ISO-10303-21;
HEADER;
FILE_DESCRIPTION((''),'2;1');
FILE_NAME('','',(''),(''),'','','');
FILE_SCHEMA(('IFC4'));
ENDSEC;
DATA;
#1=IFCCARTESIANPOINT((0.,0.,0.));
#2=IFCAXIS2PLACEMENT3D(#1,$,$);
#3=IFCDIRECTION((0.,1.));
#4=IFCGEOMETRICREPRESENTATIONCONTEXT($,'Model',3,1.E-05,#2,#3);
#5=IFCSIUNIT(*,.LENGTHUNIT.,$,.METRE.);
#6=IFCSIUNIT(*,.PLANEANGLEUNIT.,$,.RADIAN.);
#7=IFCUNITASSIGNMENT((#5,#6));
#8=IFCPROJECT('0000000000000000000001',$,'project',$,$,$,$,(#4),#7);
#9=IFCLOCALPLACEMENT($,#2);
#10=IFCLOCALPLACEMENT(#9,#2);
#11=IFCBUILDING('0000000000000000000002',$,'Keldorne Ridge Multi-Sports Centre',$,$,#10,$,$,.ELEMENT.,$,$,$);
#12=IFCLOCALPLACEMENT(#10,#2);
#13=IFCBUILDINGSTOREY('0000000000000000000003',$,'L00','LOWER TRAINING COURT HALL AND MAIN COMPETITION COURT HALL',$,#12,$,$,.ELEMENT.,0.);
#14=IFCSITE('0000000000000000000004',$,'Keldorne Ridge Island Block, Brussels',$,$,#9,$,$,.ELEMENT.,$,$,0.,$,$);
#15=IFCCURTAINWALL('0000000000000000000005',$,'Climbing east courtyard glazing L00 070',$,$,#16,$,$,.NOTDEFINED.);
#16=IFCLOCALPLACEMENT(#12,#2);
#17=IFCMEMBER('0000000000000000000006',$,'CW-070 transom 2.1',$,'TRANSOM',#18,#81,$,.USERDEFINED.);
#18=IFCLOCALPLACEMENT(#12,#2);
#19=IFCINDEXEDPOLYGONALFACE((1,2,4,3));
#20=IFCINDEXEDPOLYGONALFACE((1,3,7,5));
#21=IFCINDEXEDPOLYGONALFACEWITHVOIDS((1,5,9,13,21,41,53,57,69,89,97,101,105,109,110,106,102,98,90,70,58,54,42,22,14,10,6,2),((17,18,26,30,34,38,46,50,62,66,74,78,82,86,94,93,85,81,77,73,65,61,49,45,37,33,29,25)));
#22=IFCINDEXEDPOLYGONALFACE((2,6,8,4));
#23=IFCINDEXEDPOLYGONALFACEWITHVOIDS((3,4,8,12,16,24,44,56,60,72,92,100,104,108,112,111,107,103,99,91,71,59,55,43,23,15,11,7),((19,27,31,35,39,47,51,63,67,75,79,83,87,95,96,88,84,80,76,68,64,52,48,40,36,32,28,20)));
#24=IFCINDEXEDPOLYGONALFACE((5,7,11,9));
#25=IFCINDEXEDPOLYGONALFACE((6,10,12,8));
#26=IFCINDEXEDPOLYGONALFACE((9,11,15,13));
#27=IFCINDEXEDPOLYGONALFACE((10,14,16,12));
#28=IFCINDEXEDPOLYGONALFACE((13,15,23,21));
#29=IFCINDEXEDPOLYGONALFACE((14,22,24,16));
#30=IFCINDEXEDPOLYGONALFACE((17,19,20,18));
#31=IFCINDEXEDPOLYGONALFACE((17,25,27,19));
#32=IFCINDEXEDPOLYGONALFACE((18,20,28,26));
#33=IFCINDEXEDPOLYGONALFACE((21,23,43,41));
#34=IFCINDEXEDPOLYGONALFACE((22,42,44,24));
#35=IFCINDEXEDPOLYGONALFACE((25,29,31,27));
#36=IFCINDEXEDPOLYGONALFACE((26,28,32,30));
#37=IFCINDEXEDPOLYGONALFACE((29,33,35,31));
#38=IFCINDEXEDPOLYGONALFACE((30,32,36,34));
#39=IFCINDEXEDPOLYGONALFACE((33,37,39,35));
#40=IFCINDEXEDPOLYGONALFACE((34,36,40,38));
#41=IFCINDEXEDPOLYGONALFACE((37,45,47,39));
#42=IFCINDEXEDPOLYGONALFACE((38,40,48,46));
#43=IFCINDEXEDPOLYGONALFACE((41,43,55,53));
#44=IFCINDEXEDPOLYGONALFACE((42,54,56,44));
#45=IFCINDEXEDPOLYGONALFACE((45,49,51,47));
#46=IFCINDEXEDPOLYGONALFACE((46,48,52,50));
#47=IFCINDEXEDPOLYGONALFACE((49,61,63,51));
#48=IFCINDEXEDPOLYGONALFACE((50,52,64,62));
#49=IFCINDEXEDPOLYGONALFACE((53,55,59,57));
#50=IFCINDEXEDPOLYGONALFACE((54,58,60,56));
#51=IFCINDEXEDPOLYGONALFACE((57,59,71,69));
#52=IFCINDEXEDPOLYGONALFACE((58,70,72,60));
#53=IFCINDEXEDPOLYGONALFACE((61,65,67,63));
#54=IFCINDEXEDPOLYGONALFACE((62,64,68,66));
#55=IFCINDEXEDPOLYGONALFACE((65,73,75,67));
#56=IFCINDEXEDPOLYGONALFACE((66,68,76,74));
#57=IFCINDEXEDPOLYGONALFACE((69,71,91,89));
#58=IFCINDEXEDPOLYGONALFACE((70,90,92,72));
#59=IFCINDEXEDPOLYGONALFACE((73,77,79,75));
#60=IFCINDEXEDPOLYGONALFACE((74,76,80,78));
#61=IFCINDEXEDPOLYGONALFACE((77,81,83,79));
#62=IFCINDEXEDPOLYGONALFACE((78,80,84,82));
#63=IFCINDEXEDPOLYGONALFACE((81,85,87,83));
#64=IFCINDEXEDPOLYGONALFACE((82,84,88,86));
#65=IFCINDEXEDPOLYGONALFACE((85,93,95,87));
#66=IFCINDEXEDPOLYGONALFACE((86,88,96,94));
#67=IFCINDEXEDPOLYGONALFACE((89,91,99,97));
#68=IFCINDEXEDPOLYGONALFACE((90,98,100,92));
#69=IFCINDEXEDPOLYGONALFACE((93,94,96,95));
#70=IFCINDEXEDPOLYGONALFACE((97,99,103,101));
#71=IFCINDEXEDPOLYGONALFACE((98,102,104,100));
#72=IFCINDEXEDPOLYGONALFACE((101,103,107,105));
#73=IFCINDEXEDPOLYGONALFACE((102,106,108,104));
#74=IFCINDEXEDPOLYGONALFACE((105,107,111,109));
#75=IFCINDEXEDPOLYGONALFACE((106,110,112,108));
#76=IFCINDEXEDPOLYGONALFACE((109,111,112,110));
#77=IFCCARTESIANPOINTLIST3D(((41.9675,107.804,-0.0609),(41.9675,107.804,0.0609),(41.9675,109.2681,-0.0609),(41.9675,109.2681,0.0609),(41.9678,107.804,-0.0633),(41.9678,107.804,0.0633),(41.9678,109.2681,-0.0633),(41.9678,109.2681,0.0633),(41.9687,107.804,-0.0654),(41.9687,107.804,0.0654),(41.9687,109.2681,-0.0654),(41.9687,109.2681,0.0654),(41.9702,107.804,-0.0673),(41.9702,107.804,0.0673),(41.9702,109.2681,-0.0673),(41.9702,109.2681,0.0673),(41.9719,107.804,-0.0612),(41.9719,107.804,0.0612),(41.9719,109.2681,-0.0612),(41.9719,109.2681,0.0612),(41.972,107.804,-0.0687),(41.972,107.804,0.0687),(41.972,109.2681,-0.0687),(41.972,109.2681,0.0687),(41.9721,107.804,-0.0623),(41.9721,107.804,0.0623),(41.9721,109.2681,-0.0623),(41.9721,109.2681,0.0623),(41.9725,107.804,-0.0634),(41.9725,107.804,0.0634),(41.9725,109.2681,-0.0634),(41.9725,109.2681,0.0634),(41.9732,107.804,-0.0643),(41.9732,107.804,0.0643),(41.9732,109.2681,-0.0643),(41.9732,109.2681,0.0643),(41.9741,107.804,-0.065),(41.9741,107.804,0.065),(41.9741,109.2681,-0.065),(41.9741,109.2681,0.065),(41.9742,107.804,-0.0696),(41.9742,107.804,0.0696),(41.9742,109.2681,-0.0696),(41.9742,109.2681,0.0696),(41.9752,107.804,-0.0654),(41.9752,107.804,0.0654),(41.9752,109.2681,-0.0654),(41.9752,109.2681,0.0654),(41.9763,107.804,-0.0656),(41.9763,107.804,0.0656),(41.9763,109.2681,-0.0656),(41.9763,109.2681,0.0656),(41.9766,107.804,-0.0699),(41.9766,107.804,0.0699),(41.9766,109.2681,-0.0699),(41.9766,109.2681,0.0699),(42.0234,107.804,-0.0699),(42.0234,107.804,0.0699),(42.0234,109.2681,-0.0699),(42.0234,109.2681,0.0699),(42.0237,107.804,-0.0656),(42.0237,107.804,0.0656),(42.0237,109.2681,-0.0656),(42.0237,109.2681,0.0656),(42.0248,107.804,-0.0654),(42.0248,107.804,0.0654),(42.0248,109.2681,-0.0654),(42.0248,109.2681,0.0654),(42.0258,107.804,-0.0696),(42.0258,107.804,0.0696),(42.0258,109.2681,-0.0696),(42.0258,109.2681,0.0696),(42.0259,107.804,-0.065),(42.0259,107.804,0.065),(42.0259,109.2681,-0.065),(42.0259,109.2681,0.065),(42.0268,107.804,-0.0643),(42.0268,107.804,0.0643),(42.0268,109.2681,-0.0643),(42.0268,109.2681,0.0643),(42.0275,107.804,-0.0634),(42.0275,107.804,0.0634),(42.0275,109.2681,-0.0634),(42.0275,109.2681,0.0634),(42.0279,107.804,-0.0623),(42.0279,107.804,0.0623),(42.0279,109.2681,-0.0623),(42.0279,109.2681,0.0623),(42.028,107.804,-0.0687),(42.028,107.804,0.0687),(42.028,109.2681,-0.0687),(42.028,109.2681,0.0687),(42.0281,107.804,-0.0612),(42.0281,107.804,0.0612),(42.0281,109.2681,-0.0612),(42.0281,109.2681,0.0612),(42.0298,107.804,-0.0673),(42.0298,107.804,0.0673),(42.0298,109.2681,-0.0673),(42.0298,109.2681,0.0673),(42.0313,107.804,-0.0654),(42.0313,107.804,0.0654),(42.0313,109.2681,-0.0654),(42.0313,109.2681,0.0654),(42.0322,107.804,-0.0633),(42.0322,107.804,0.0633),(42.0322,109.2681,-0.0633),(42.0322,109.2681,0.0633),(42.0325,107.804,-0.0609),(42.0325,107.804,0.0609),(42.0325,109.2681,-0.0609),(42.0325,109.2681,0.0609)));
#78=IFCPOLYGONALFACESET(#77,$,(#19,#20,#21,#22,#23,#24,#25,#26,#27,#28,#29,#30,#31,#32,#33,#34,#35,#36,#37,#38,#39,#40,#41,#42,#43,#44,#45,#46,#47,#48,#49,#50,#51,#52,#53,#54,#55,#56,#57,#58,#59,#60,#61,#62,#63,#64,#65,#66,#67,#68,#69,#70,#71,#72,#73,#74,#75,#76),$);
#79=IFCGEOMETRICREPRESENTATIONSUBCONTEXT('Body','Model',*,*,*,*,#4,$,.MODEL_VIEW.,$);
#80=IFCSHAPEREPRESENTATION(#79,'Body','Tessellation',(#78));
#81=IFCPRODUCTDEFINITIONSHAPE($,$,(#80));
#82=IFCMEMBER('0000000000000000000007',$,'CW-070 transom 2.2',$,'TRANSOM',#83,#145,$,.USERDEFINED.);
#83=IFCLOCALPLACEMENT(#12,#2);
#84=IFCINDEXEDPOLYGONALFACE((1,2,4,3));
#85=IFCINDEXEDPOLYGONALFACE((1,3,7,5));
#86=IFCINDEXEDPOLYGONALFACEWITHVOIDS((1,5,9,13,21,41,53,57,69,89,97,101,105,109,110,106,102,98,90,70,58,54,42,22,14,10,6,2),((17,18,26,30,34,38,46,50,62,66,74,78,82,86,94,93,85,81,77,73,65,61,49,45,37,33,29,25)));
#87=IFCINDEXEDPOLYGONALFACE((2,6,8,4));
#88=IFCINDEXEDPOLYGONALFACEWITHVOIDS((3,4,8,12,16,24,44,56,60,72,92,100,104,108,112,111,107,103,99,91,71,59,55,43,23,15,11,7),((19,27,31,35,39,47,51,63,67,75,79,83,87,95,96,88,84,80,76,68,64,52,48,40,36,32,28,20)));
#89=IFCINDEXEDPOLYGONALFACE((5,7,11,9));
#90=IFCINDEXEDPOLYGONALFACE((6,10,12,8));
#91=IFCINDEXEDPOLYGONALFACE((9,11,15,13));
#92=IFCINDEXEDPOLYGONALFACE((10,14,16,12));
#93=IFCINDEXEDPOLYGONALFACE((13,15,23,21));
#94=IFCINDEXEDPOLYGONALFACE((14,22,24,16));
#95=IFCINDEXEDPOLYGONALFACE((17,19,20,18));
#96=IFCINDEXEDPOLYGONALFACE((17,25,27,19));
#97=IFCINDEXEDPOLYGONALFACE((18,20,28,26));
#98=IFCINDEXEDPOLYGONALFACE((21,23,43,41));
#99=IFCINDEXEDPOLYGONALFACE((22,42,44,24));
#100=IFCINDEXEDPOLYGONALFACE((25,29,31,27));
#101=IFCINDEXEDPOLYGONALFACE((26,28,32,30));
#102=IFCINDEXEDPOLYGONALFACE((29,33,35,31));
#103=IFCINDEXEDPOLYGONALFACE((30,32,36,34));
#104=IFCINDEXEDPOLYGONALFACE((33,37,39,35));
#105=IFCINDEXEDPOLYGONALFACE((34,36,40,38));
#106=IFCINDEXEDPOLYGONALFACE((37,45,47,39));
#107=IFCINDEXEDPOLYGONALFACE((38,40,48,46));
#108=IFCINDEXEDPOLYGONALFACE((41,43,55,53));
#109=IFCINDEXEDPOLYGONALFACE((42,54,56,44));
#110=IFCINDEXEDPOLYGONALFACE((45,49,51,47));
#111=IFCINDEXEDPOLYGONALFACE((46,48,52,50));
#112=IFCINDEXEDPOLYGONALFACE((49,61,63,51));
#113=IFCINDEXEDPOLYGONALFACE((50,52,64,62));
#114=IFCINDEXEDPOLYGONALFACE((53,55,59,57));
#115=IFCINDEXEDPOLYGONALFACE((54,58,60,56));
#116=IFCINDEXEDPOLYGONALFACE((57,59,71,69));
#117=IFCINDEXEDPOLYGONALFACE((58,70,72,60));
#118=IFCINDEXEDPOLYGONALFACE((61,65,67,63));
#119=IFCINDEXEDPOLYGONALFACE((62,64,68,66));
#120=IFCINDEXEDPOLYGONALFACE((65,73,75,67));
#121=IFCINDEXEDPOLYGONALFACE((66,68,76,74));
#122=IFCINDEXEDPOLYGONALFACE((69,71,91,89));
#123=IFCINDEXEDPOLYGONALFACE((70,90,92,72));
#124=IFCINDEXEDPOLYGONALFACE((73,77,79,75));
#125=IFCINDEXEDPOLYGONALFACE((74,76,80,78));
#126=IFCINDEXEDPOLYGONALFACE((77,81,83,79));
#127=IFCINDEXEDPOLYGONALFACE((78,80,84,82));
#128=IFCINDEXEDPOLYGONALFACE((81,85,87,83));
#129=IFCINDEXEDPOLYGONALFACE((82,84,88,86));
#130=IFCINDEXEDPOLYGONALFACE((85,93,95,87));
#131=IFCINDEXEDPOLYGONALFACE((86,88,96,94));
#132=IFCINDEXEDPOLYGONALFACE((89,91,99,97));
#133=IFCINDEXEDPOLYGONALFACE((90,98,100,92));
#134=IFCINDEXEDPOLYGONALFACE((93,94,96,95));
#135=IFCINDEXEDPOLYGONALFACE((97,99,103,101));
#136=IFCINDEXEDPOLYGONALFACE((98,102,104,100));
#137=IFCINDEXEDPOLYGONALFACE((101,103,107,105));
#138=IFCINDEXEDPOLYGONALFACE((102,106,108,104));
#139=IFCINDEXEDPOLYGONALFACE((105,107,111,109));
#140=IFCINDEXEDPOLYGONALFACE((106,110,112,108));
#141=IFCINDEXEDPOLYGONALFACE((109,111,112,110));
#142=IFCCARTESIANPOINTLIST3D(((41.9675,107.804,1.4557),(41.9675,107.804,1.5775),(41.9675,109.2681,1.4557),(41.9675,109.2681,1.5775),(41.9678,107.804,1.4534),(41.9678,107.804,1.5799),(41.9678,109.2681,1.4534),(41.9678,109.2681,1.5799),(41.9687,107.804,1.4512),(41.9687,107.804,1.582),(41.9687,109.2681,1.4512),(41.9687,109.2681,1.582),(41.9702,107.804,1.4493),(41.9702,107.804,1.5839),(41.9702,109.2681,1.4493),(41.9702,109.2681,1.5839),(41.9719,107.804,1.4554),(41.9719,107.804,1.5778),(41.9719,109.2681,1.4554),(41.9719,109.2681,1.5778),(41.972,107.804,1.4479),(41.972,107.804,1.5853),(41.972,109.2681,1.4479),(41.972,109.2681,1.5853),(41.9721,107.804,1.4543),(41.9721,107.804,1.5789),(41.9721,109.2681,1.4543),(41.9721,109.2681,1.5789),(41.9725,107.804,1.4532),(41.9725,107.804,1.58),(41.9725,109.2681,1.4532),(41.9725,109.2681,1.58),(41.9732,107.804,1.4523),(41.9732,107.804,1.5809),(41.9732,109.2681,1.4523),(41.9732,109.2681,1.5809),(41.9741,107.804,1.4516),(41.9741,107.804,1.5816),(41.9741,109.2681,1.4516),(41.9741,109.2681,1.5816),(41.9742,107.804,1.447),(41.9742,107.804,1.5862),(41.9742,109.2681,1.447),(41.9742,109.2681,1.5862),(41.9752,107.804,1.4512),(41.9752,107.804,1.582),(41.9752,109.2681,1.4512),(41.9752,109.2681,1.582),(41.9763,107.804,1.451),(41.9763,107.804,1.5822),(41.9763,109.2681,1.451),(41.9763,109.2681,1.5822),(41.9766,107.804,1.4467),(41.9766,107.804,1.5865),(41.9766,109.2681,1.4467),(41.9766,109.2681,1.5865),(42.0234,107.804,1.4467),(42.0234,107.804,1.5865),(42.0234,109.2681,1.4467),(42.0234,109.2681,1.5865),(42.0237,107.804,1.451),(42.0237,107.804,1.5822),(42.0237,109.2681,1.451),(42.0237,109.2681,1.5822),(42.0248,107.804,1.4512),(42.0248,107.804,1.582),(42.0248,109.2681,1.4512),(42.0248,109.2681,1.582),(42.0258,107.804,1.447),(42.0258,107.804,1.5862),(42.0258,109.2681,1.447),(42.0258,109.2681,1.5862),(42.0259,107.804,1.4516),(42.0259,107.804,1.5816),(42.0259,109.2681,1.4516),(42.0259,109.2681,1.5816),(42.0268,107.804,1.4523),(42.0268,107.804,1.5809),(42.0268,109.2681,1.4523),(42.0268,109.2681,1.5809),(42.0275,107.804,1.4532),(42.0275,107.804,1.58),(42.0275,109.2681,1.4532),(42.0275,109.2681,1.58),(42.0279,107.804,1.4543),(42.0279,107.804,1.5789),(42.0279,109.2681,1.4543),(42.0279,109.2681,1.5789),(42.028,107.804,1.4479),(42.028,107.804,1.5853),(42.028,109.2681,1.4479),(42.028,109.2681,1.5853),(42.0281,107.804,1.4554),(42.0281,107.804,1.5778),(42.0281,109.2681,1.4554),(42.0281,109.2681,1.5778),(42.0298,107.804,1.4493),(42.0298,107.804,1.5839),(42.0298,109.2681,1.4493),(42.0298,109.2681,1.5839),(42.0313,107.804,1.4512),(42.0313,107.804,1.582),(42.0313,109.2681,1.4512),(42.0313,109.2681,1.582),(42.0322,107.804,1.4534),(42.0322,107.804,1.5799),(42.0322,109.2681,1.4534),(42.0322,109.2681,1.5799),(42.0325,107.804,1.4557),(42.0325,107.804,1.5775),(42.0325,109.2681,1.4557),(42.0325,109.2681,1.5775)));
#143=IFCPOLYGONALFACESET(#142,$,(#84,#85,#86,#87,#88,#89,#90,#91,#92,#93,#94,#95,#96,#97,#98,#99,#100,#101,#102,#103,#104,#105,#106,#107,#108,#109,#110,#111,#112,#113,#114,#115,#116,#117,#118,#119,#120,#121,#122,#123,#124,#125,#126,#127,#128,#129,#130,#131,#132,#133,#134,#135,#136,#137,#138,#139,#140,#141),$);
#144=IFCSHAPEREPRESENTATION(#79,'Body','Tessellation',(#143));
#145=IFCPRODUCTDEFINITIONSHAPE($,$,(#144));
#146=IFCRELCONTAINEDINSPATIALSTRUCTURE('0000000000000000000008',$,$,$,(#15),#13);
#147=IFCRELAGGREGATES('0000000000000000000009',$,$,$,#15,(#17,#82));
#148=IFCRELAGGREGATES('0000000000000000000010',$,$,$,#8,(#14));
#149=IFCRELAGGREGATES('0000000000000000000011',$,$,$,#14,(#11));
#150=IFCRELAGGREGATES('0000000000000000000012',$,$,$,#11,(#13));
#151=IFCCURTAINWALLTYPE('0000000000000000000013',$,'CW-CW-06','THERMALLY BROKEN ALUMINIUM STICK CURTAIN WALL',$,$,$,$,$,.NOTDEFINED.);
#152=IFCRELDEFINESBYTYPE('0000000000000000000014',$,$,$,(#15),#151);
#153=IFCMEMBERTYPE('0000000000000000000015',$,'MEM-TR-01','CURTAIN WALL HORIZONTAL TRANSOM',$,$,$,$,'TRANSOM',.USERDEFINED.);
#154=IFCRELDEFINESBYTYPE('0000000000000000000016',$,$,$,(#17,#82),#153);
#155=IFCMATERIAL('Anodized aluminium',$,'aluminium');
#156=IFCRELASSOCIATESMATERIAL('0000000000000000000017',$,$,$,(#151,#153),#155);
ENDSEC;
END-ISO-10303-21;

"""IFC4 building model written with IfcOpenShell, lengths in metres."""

from ifc_helpers import new_model, si_unit, direction, frame, origin, origin_2d, place, context, subcontext, project, spatial, hollow_rectangle, extrude, material, material_profile, profile_set, type_object, element, aggregate, save


model = new_model("IFC4")

# Units and contexts
model_context = context("Model", 3, precision=1e-05, world=origin(), true_north=direction((0.0, 1.0)))
body_context = subcontext(model_context, "Body", "Model", "MODEL_VIEW")
ifc_project = project(units=[si_unit("LENGTHUNIT", "METRE"), si_unit("PLANEANGLEUNIT", "RADIAN")], contexts=[model_context])

# Site, building, storey
site_placement = place(None, origin())
site = spatial("IfcSite", under=ifc_project, at=site_placement, Name="Keldorne Ridge Island Block, Brussels", CompositionType="ELEMENT", RefElevation=0.0)
building_placement = place(site_placement, origin())
building = spatial("IfcBuilding", under=site, at=building_placement, Name="Keldorne Ridge Multi-Sports Centre", CompositionType="ELEMENT")
storey_placement = place(building_placement, origin())
storey = spatial("IfcBuildingStorey", under=building, at=storey_placement, Name="L00", Description="LOWER TRAINING COURT HALL AND MAIN COMPETITION COURT HALL", CompositionType="ELEMENT", Elevation=0.0)

# Shared definitions
ifc_material_1 = material(Name="Anodized aluminium", Category="aluminium")

# Curtain wall, members
curtain_wall_type_1 = type_object("IfcCurtainWallType", Name="CW-CW-06", Description="THERMALLY BROKEN ALUMINIUM STICK CURTAIN WALL", PredefinedType="NOTDEFINED", material=ifc_material_1)
curtain_wall_1_placement = place(storey_placement, origin())
curtain_wall_1 = element("IfcCurtainWall", 1, at=curtain_wall_1_placement, inside=storey, type_object=curtain_wall_type_1, Name="Climbing east courtyard glazing L00 070", PredefinedType="NOTDEFINED")
ifc_material_profile_1 = material_profile(ifc_material_1, hollow_rectangle(XDim=0.0649, YDim=0.1399, WallThickness=0.0044, InnerFilletRadius=0.0044, OuterFilletRadius=0.009, at=origin_2d()), Name="ALU TRANSOM 140x65x4.5")
ifc_profile_set_1 = profile_set([ifc_material_profile_1], Name="Anodized aluminium")
member_type_1 = type_object("IfcMemberType", Name="MEM-TR-01", Description="CURTAIN WALL HORIZONTAL TRANSOM", ElementType="TRANSOM", PredefinedType="USERDEFINED", material=ifc_profile_set_1)
member_1_placement = place(storey_placement, frame((42.0, 107.804, 0.0), z_axis=(0.0, 1.0, 0.0), x_axis=(-1.0, 0.0, 0.0)))
member_1 = element("IfcMember", 2, at=member_1_placement, type_object=member_type_1, Name="CW-070 transom 2.1", ObjectType="TRANSOM", PredefinedType="USERDEFINED", context=body_context, shape_type="SweptSolid", body=[
    extrude(hollow_rectangle(XDim=0.0649, YDim=0.1399, WallThickness=0.0044, InnerFilletRadius=0.0044, OuterFilletRadius=0.009, at=origin_2d()), origin(), (0.0, 0.0, 1.0), 1.4641),
])
member_2_placement = place(storey_placement, frame((42.0, 107.804, 1.5166), z_axis=(0.0, 1.0, 0.0), x_axis=(-1.0, 0.0, 0.0)))
member_2 = element("IfcMember", 3, at=member_2_placement, type_object=member_type_1, Name="CW-070 transom 2.2", ObjectType="TRANSOM", PredefinedType="USERDEFINED", context=body_context, shape_type="SweptSolid", body=[
    extrude(hollow_rectangle(XDim=0.0649, YDim=0.1399, WallThickness=0.0044, InnerFilletRadius=0.0044, OuterFilletRadius=0.009, at=origin_2d()), origin(), (0.0, 0.0, 1.0), 1.4641),
])

aggregate(curtain_wall_1, [member_1, member_2])

save(model, "model.ifc")
